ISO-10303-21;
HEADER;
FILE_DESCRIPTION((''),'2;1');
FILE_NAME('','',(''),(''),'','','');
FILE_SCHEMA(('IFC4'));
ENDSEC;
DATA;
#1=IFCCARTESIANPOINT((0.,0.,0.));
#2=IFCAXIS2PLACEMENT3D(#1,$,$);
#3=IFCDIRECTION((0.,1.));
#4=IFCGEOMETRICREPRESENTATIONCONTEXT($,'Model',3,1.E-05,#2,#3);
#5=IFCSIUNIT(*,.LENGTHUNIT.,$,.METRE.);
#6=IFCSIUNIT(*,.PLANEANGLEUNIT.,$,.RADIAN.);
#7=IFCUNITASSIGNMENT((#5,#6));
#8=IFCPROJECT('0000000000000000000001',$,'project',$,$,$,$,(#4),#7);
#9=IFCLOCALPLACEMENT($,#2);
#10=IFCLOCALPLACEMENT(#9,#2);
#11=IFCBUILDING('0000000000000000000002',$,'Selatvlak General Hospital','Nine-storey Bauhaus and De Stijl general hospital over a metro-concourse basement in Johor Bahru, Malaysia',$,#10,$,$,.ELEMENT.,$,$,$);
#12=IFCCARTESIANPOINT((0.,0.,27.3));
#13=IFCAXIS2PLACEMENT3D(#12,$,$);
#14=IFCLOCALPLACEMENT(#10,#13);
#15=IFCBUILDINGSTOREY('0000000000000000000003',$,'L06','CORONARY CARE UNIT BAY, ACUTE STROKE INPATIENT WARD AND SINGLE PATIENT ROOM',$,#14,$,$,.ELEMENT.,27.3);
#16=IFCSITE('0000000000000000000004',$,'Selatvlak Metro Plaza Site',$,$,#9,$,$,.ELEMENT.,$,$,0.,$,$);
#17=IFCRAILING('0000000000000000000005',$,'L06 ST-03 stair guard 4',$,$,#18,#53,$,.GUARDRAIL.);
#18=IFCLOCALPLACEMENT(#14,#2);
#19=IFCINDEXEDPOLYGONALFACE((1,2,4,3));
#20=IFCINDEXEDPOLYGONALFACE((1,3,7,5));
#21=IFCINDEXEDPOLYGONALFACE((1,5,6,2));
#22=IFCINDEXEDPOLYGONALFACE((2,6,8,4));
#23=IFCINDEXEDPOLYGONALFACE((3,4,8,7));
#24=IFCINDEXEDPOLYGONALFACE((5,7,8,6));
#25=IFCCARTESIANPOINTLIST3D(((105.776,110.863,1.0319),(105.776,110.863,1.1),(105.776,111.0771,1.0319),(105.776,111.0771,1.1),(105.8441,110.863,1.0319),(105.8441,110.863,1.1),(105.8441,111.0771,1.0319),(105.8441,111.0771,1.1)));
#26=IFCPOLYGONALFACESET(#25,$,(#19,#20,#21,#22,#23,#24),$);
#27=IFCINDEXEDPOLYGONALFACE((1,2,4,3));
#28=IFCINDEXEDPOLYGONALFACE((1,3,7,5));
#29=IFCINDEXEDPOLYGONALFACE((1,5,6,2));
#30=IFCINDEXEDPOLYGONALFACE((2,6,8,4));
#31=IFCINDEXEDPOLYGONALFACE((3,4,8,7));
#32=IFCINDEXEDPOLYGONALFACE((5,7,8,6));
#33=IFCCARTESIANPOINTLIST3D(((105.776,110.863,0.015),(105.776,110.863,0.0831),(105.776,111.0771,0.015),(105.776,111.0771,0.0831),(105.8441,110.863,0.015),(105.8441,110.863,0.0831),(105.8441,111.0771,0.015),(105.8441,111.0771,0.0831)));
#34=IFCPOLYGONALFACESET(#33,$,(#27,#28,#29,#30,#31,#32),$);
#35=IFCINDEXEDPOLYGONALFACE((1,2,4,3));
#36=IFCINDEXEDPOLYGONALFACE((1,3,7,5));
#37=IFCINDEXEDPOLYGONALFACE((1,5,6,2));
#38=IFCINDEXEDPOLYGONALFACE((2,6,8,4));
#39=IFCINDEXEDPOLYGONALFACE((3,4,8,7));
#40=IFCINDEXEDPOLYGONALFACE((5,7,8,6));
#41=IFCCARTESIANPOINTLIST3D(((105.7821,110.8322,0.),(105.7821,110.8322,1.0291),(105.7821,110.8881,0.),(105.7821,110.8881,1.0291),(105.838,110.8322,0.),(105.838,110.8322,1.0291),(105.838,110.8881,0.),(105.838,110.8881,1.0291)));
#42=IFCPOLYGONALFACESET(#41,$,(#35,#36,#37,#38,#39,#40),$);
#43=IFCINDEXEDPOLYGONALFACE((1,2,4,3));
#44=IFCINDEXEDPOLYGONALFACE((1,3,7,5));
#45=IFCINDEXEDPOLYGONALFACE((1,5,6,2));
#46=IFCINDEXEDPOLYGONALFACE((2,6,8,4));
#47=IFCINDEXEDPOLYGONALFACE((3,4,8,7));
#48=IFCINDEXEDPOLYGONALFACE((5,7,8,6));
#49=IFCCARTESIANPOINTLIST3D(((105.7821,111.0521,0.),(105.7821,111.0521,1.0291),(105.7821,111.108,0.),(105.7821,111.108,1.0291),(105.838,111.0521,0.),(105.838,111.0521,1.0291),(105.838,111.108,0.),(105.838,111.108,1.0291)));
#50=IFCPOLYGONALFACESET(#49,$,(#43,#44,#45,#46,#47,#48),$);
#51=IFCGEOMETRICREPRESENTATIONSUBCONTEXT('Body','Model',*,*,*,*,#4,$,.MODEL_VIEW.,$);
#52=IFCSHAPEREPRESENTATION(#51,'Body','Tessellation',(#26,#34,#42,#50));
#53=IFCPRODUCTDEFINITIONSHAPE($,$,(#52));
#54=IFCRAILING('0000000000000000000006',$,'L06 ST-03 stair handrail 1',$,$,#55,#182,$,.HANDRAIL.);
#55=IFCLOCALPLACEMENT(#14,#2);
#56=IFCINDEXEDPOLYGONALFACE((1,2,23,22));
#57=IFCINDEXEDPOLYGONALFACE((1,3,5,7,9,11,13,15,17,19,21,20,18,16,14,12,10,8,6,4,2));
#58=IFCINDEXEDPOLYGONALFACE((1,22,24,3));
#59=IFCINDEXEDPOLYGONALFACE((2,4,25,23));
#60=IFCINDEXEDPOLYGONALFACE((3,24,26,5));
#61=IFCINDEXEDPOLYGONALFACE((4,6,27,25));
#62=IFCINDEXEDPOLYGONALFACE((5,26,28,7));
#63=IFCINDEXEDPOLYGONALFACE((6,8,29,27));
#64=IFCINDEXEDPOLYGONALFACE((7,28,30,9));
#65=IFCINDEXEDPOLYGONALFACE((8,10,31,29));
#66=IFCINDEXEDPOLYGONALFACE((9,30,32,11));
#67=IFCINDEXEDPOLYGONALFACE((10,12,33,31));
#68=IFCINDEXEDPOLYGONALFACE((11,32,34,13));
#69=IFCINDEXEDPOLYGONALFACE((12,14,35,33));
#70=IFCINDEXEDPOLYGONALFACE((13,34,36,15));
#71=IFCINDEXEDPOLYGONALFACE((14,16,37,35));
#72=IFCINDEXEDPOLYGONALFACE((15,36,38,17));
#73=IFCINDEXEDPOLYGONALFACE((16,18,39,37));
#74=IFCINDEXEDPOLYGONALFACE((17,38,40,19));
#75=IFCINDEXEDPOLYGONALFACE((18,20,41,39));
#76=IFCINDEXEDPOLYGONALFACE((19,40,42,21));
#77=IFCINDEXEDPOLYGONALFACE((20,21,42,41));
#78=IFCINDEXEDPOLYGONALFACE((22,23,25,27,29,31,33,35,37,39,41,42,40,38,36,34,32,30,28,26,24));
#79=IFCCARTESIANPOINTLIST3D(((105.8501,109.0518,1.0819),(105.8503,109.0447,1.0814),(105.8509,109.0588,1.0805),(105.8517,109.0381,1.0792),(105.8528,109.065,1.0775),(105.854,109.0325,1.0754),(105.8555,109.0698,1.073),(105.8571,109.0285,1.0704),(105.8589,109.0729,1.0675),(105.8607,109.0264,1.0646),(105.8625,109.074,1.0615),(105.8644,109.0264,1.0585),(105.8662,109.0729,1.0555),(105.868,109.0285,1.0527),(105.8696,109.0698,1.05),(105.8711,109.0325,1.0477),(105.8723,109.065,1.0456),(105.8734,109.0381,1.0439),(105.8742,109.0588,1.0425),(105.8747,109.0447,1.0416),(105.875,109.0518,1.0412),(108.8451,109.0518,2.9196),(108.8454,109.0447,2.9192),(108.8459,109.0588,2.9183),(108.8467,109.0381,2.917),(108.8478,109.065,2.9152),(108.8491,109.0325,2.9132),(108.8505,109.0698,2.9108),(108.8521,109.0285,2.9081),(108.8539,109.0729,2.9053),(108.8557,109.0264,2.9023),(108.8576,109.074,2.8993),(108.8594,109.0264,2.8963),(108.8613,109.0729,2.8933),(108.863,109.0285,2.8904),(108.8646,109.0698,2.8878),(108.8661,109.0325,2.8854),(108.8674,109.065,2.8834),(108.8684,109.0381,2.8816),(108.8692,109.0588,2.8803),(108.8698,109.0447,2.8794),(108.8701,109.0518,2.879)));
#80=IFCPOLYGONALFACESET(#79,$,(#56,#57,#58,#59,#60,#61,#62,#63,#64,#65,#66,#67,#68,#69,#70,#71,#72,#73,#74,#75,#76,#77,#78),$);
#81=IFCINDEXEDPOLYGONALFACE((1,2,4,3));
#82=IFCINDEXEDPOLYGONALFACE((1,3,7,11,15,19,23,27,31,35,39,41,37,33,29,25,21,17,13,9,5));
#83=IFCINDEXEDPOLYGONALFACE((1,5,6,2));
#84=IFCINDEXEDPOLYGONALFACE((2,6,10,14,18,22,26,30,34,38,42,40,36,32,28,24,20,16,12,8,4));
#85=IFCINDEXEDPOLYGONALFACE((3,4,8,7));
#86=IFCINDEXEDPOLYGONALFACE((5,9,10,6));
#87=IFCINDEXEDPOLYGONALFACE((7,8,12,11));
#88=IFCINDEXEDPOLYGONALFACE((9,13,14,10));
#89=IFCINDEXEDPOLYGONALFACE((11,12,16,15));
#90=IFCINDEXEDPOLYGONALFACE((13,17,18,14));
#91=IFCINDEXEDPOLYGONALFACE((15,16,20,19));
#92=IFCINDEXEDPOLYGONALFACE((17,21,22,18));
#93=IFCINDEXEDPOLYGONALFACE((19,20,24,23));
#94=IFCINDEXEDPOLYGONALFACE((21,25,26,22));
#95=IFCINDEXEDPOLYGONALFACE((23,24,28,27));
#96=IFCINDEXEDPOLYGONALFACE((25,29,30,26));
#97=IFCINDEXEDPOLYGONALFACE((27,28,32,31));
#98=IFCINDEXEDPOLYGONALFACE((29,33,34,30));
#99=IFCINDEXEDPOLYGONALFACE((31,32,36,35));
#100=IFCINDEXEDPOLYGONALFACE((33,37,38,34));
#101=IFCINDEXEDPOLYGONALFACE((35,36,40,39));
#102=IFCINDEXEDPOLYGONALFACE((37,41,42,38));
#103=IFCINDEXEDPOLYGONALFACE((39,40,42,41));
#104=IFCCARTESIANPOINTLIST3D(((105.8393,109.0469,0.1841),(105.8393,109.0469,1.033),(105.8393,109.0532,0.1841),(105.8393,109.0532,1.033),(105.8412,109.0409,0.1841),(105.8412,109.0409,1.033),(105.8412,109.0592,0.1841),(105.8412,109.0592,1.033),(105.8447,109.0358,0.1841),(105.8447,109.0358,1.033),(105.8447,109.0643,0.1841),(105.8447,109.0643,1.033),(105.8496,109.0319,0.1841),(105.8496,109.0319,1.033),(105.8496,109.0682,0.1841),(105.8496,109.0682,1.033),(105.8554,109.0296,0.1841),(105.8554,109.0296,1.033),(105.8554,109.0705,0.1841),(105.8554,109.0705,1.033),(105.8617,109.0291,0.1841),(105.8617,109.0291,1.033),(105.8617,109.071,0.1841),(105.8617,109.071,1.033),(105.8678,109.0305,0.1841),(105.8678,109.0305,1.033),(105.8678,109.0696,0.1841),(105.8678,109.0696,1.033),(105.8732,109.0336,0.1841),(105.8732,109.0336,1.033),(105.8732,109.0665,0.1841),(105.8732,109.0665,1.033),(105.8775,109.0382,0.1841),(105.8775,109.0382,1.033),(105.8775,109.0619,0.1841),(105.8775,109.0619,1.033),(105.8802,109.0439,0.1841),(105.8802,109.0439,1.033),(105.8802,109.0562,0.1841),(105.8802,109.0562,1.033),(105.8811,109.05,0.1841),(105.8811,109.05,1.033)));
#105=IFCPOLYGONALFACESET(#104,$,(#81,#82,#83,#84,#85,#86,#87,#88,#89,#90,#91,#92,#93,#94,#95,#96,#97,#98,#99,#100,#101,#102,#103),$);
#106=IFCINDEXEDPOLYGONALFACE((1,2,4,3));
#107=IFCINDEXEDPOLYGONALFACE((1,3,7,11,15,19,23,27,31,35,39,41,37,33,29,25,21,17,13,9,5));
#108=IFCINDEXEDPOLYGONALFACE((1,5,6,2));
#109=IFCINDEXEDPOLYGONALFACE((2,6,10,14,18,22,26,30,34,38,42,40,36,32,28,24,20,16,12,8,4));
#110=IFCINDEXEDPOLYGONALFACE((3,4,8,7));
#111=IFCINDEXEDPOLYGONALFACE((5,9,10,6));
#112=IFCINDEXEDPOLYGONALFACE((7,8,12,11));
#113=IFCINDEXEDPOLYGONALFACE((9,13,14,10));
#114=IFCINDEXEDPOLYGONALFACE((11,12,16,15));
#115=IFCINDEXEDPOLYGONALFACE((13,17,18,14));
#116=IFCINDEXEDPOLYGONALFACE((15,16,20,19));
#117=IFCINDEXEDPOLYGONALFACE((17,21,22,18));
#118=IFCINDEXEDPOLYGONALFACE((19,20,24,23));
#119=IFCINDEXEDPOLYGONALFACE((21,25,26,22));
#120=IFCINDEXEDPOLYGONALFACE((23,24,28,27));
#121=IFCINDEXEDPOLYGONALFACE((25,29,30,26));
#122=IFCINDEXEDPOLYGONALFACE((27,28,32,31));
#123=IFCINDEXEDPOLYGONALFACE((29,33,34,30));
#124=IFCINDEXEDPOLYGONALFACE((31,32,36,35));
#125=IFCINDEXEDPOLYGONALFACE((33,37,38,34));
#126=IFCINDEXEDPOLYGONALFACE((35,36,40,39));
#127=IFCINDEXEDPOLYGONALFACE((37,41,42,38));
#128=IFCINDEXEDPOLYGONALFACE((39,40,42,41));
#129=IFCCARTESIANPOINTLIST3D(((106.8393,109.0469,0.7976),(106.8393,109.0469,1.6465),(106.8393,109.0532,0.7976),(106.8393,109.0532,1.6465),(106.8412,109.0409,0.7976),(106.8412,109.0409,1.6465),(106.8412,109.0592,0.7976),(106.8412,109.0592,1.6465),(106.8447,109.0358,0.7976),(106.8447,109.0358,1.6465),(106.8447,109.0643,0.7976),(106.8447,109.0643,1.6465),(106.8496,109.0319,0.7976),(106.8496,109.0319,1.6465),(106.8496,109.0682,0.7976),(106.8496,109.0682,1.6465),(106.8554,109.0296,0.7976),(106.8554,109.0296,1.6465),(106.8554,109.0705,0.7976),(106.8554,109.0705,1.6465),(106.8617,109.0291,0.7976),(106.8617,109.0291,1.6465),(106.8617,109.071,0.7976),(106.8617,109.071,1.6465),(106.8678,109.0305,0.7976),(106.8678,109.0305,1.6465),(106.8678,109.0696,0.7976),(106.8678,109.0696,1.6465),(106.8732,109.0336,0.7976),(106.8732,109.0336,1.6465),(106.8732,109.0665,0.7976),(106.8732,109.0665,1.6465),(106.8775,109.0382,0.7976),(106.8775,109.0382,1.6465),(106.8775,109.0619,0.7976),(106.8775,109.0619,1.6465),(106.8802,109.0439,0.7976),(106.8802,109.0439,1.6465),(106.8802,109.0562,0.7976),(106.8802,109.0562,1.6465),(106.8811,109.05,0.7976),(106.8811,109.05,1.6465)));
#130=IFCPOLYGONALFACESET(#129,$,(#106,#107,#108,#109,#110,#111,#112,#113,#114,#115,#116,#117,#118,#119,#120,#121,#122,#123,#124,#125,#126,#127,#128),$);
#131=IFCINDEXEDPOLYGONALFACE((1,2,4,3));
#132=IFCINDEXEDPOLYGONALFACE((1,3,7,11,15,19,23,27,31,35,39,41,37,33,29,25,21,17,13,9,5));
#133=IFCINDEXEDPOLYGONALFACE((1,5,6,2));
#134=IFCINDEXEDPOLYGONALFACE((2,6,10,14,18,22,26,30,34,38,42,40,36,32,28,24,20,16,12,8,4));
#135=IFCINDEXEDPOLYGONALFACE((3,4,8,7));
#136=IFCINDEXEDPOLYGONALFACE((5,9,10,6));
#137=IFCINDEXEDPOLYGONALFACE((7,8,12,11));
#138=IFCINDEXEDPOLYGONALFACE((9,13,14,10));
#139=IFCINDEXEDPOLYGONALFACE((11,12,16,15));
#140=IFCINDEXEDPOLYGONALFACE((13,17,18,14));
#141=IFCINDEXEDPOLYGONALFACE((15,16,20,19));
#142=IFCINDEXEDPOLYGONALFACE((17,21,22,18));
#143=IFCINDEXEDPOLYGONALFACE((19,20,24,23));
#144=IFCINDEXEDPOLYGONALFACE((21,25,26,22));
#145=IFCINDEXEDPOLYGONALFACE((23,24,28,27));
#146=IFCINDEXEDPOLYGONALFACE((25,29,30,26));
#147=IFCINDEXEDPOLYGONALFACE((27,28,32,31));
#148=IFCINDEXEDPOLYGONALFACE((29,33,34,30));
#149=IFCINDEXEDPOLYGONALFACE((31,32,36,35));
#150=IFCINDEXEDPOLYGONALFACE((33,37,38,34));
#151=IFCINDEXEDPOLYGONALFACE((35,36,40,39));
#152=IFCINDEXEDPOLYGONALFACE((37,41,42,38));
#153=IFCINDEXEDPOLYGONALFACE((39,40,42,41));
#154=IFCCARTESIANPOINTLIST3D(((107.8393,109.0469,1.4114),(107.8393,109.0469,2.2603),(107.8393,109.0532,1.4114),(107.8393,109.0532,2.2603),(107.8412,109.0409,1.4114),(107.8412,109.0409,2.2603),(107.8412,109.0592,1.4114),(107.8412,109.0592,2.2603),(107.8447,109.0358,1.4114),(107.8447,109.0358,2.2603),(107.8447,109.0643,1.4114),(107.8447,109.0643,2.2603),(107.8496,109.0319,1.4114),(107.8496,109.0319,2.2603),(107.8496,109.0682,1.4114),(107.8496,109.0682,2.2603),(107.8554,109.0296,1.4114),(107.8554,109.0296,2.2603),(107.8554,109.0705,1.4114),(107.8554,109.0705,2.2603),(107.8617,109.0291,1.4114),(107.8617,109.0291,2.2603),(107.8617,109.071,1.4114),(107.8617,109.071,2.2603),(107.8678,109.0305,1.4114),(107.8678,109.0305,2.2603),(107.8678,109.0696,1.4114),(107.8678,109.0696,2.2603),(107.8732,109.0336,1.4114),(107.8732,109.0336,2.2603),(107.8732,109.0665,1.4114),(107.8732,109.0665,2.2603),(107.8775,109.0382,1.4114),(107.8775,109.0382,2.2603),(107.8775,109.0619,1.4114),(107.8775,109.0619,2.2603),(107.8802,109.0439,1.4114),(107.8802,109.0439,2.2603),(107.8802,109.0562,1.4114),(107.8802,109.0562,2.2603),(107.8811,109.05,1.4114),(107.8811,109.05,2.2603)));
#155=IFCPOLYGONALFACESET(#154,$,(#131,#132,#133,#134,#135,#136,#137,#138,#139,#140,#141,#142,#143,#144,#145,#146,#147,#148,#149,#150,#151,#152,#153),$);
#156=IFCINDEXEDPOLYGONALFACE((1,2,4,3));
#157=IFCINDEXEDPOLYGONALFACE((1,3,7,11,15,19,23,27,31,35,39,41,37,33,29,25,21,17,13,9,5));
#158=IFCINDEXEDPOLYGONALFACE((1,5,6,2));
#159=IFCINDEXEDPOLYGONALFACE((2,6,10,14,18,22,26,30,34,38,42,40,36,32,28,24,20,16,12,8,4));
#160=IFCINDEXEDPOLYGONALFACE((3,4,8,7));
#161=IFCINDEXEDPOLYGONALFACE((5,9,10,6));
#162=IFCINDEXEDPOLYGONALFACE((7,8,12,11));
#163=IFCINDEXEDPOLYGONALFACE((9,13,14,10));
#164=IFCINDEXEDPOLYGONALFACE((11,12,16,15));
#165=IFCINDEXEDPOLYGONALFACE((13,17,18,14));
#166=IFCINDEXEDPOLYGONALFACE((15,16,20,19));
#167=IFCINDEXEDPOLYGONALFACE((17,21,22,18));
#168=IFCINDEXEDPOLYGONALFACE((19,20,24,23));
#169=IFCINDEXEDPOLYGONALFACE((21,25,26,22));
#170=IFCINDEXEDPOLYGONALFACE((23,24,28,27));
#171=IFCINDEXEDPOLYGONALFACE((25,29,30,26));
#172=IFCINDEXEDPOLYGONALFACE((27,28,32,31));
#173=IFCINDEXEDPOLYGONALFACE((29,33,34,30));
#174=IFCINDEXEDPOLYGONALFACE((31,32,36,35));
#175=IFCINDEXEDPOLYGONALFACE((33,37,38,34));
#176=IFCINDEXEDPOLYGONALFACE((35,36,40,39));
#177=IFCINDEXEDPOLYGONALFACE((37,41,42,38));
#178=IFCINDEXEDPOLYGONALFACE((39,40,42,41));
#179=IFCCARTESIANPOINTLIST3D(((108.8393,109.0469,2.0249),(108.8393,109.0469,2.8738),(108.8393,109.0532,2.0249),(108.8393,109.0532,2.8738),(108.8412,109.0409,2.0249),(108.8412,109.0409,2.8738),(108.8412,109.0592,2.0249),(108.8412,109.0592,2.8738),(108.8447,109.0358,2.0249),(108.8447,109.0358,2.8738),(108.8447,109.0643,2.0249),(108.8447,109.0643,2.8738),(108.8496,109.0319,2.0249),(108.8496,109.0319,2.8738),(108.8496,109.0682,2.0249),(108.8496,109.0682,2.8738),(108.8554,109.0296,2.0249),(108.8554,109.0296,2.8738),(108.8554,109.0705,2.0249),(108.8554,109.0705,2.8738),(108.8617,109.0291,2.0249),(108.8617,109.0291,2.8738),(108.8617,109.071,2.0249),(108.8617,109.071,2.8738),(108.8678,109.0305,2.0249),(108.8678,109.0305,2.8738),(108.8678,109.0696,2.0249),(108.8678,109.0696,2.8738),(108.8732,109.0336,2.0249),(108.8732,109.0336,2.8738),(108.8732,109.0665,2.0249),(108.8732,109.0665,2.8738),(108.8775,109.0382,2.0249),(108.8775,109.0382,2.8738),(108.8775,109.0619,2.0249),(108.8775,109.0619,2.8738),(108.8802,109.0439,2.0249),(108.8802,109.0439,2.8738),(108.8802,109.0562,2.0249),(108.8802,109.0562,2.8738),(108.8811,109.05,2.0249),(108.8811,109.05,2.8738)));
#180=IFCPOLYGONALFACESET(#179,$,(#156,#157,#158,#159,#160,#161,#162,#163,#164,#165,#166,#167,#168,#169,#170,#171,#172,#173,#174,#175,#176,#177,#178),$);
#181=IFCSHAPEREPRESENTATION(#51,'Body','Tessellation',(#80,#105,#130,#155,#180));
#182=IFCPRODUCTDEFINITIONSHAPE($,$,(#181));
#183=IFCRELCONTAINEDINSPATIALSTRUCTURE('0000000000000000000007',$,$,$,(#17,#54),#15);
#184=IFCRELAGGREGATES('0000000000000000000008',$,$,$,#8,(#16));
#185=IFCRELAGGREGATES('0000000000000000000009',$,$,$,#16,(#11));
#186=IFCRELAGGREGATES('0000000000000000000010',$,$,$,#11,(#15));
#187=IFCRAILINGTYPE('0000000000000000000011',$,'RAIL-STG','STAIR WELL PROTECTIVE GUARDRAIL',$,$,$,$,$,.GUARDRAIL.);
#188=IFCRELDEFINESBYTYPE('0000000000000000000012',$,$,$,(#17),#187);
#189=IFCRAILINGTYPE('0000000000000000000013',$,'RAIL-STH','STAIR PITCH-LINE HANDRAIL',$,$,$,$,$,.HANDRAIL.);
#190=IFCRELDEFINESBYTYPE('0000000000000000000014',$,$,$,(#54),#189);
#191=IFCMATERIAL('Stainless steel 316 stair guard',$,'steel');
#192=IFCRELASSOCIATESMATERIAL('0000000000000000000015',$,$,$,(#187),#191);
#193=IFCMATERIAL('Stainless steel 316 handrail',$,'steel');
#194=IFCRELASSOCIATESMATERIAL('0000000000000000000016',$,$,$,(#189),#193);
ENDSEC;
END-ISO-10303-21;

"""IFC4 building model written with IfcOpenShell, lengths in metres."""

from ifc_helpers import new_model, si_unit, direction, frame, origin, origin_2d, place, context, subcontext, project, spatial, rectangle, circle, extrude, material, type_object, element, save


model = new_model("IFC4")

# Units and contexts
model_context = context("Model", 3, precision=1e-05, world=origin(), true_north=direction((0.0, 1.0)))
body_context = subcontext(model_context, "Body", "Model", "MODEL_VIEW")
ifc_project = project(units=[si_unit("LENGTHUNIT", "METRE"), si_unit("PLANEANGLEUNIT", "RADIAN")], contexts=[model_context])

# Site, building, storey
site_placement = place(None, origin())
site = spatial("IfcSite", under=ifc_project, at=site_placement, Name="Selatvlak Metro Plaza Site", CompositionType="ELEMENT", RefElevation=0.0)
building_placement = place(site_placement, origin())
building = spatial("IfcBuilding", under=site, at=building_placement, Name="Selatvlak General Hospital", Description="Nine-storey Bauhaus and De Stijl general hospital over a metro-concourse basement in Johor Bahru, Malaysia", CompositionType="ELEMENT")
storey_placement = place(building_placement, frame((0.0, 0.0, 27.3)))
storey = spatial("IfcBuildingStorey", under=building, at=storey_placement, Name="L06", Description="CORONARY CARE UNIT BAY, ACUTE STROKE INPATIENT WARD AND SINGLE PATIENT ROOM", CompositionType="ELEMENT", Elevation=27.3)

# Railings
ifc_material_1 = material(Name="Stainless steel 316 stair guard", Category="steel")
railing_type_1 = type_object("IfcRailingType", Name="RAIL-STG", Description="STAIR WELL PROTECTIVE GUARDRAIL", PredefinedType="GUARDRAIL", material=ifc_material_1)
railing_1_placement = place(storey_placement, frame((105.8101, 110.8601, 0.0)))
element("IfcRailing", 1, at=railing_1_placement, inside=storey, type_object=railing_type_1, Name="L06 ST-03 stair guard 4", PredefinedType="GUARDRAIL", context=body_context, shape_type="SweptSolid", body=[
    extrude(rectangle(XDim=0.0681, YDim=0.0681, at=origin_2d()), frame((0.0, 0.0029, 1.0659), z_axis=(0.0, 1.0, 0.0), x_axis=(-1.0, 0.0, 0.0)), (0.0, 0.0, 1.0), 0.2141),
    extrude(rectangle(XDim=0.0681, YDim=0.0681, at=origin_2d()), frame((0.0, 0.0029, 0.0491), z_axis=(0.0, 1.0, 0.0), x_axis=(-1.0, 0.0, 0.0)), (0.0, 0.0, 1.0), 0.2141),
    extrude(rectangle(XDim=0.0559, YDim=0.0559, at=origin_2d()), origin(), (0.0, 0.0, 1.0), 1.0291),
    extrude(rectangle(XDim=0.0559, YDim=0.0559, at=origin_2d()), frame((0.0, 0.22, 0.0)), (0.0, 0.0, 1.0), 1.0291),
])
ifc_material_2 = material(Name="Stainless steel 316 handrail", Category="steel")
railing_type_2 = type_object("IfcRailingType", Name="RAIL-STH", Description="STAIR PITCH-LINE HANDRAIL", PredefinedType="HANDRAIL", material=ifc_material_2)
railing_2_placement = place(storey_placement, frame((105.8601, 109.05, 0.1841)))
element("IfcRailing", 2, at=railing_2_placement, inside=storey, type_object=railing_type_2, Name="L06 ST-03 stair handrail 1", PredefinedType="HANDRAIL", context=body_context, shape_type="SweptSolid", body=[
    extrude(circle(Radius=0.0239, at=origin_2d()), frame((0.0024, 0.0, 0.8774), z_axis=(0.852334, 0.0, 0.522998), x_axis=(0.0, 1.0, 0.0)), (0.0, 0.0, 1.0), 3.5139),
    extrude(circle(Radius=0.021, at=origin_2d()), origin(), (0.0, 0.0, 1.0), 0.8489),
    extrude(circle(Radius=0.021, at=origin_2d()), frame((1.0, 0.0, 0.6135)), (0.0, 0.0, 1.0), 0.8489),
    extrude(circle(Radius=0.021, at=origin_2d()), frame((2.0, 0.0, 1.2273)), (0.0, 0.0, 1.0), 0.8489),
    extrude(circle(Radius=0.021, at=origin_2d()), frame((3.0, 0.0, 1.8408)), (0.0, 0.0, 1.0), 0.8489),
])

save(model, "model.ifc")
